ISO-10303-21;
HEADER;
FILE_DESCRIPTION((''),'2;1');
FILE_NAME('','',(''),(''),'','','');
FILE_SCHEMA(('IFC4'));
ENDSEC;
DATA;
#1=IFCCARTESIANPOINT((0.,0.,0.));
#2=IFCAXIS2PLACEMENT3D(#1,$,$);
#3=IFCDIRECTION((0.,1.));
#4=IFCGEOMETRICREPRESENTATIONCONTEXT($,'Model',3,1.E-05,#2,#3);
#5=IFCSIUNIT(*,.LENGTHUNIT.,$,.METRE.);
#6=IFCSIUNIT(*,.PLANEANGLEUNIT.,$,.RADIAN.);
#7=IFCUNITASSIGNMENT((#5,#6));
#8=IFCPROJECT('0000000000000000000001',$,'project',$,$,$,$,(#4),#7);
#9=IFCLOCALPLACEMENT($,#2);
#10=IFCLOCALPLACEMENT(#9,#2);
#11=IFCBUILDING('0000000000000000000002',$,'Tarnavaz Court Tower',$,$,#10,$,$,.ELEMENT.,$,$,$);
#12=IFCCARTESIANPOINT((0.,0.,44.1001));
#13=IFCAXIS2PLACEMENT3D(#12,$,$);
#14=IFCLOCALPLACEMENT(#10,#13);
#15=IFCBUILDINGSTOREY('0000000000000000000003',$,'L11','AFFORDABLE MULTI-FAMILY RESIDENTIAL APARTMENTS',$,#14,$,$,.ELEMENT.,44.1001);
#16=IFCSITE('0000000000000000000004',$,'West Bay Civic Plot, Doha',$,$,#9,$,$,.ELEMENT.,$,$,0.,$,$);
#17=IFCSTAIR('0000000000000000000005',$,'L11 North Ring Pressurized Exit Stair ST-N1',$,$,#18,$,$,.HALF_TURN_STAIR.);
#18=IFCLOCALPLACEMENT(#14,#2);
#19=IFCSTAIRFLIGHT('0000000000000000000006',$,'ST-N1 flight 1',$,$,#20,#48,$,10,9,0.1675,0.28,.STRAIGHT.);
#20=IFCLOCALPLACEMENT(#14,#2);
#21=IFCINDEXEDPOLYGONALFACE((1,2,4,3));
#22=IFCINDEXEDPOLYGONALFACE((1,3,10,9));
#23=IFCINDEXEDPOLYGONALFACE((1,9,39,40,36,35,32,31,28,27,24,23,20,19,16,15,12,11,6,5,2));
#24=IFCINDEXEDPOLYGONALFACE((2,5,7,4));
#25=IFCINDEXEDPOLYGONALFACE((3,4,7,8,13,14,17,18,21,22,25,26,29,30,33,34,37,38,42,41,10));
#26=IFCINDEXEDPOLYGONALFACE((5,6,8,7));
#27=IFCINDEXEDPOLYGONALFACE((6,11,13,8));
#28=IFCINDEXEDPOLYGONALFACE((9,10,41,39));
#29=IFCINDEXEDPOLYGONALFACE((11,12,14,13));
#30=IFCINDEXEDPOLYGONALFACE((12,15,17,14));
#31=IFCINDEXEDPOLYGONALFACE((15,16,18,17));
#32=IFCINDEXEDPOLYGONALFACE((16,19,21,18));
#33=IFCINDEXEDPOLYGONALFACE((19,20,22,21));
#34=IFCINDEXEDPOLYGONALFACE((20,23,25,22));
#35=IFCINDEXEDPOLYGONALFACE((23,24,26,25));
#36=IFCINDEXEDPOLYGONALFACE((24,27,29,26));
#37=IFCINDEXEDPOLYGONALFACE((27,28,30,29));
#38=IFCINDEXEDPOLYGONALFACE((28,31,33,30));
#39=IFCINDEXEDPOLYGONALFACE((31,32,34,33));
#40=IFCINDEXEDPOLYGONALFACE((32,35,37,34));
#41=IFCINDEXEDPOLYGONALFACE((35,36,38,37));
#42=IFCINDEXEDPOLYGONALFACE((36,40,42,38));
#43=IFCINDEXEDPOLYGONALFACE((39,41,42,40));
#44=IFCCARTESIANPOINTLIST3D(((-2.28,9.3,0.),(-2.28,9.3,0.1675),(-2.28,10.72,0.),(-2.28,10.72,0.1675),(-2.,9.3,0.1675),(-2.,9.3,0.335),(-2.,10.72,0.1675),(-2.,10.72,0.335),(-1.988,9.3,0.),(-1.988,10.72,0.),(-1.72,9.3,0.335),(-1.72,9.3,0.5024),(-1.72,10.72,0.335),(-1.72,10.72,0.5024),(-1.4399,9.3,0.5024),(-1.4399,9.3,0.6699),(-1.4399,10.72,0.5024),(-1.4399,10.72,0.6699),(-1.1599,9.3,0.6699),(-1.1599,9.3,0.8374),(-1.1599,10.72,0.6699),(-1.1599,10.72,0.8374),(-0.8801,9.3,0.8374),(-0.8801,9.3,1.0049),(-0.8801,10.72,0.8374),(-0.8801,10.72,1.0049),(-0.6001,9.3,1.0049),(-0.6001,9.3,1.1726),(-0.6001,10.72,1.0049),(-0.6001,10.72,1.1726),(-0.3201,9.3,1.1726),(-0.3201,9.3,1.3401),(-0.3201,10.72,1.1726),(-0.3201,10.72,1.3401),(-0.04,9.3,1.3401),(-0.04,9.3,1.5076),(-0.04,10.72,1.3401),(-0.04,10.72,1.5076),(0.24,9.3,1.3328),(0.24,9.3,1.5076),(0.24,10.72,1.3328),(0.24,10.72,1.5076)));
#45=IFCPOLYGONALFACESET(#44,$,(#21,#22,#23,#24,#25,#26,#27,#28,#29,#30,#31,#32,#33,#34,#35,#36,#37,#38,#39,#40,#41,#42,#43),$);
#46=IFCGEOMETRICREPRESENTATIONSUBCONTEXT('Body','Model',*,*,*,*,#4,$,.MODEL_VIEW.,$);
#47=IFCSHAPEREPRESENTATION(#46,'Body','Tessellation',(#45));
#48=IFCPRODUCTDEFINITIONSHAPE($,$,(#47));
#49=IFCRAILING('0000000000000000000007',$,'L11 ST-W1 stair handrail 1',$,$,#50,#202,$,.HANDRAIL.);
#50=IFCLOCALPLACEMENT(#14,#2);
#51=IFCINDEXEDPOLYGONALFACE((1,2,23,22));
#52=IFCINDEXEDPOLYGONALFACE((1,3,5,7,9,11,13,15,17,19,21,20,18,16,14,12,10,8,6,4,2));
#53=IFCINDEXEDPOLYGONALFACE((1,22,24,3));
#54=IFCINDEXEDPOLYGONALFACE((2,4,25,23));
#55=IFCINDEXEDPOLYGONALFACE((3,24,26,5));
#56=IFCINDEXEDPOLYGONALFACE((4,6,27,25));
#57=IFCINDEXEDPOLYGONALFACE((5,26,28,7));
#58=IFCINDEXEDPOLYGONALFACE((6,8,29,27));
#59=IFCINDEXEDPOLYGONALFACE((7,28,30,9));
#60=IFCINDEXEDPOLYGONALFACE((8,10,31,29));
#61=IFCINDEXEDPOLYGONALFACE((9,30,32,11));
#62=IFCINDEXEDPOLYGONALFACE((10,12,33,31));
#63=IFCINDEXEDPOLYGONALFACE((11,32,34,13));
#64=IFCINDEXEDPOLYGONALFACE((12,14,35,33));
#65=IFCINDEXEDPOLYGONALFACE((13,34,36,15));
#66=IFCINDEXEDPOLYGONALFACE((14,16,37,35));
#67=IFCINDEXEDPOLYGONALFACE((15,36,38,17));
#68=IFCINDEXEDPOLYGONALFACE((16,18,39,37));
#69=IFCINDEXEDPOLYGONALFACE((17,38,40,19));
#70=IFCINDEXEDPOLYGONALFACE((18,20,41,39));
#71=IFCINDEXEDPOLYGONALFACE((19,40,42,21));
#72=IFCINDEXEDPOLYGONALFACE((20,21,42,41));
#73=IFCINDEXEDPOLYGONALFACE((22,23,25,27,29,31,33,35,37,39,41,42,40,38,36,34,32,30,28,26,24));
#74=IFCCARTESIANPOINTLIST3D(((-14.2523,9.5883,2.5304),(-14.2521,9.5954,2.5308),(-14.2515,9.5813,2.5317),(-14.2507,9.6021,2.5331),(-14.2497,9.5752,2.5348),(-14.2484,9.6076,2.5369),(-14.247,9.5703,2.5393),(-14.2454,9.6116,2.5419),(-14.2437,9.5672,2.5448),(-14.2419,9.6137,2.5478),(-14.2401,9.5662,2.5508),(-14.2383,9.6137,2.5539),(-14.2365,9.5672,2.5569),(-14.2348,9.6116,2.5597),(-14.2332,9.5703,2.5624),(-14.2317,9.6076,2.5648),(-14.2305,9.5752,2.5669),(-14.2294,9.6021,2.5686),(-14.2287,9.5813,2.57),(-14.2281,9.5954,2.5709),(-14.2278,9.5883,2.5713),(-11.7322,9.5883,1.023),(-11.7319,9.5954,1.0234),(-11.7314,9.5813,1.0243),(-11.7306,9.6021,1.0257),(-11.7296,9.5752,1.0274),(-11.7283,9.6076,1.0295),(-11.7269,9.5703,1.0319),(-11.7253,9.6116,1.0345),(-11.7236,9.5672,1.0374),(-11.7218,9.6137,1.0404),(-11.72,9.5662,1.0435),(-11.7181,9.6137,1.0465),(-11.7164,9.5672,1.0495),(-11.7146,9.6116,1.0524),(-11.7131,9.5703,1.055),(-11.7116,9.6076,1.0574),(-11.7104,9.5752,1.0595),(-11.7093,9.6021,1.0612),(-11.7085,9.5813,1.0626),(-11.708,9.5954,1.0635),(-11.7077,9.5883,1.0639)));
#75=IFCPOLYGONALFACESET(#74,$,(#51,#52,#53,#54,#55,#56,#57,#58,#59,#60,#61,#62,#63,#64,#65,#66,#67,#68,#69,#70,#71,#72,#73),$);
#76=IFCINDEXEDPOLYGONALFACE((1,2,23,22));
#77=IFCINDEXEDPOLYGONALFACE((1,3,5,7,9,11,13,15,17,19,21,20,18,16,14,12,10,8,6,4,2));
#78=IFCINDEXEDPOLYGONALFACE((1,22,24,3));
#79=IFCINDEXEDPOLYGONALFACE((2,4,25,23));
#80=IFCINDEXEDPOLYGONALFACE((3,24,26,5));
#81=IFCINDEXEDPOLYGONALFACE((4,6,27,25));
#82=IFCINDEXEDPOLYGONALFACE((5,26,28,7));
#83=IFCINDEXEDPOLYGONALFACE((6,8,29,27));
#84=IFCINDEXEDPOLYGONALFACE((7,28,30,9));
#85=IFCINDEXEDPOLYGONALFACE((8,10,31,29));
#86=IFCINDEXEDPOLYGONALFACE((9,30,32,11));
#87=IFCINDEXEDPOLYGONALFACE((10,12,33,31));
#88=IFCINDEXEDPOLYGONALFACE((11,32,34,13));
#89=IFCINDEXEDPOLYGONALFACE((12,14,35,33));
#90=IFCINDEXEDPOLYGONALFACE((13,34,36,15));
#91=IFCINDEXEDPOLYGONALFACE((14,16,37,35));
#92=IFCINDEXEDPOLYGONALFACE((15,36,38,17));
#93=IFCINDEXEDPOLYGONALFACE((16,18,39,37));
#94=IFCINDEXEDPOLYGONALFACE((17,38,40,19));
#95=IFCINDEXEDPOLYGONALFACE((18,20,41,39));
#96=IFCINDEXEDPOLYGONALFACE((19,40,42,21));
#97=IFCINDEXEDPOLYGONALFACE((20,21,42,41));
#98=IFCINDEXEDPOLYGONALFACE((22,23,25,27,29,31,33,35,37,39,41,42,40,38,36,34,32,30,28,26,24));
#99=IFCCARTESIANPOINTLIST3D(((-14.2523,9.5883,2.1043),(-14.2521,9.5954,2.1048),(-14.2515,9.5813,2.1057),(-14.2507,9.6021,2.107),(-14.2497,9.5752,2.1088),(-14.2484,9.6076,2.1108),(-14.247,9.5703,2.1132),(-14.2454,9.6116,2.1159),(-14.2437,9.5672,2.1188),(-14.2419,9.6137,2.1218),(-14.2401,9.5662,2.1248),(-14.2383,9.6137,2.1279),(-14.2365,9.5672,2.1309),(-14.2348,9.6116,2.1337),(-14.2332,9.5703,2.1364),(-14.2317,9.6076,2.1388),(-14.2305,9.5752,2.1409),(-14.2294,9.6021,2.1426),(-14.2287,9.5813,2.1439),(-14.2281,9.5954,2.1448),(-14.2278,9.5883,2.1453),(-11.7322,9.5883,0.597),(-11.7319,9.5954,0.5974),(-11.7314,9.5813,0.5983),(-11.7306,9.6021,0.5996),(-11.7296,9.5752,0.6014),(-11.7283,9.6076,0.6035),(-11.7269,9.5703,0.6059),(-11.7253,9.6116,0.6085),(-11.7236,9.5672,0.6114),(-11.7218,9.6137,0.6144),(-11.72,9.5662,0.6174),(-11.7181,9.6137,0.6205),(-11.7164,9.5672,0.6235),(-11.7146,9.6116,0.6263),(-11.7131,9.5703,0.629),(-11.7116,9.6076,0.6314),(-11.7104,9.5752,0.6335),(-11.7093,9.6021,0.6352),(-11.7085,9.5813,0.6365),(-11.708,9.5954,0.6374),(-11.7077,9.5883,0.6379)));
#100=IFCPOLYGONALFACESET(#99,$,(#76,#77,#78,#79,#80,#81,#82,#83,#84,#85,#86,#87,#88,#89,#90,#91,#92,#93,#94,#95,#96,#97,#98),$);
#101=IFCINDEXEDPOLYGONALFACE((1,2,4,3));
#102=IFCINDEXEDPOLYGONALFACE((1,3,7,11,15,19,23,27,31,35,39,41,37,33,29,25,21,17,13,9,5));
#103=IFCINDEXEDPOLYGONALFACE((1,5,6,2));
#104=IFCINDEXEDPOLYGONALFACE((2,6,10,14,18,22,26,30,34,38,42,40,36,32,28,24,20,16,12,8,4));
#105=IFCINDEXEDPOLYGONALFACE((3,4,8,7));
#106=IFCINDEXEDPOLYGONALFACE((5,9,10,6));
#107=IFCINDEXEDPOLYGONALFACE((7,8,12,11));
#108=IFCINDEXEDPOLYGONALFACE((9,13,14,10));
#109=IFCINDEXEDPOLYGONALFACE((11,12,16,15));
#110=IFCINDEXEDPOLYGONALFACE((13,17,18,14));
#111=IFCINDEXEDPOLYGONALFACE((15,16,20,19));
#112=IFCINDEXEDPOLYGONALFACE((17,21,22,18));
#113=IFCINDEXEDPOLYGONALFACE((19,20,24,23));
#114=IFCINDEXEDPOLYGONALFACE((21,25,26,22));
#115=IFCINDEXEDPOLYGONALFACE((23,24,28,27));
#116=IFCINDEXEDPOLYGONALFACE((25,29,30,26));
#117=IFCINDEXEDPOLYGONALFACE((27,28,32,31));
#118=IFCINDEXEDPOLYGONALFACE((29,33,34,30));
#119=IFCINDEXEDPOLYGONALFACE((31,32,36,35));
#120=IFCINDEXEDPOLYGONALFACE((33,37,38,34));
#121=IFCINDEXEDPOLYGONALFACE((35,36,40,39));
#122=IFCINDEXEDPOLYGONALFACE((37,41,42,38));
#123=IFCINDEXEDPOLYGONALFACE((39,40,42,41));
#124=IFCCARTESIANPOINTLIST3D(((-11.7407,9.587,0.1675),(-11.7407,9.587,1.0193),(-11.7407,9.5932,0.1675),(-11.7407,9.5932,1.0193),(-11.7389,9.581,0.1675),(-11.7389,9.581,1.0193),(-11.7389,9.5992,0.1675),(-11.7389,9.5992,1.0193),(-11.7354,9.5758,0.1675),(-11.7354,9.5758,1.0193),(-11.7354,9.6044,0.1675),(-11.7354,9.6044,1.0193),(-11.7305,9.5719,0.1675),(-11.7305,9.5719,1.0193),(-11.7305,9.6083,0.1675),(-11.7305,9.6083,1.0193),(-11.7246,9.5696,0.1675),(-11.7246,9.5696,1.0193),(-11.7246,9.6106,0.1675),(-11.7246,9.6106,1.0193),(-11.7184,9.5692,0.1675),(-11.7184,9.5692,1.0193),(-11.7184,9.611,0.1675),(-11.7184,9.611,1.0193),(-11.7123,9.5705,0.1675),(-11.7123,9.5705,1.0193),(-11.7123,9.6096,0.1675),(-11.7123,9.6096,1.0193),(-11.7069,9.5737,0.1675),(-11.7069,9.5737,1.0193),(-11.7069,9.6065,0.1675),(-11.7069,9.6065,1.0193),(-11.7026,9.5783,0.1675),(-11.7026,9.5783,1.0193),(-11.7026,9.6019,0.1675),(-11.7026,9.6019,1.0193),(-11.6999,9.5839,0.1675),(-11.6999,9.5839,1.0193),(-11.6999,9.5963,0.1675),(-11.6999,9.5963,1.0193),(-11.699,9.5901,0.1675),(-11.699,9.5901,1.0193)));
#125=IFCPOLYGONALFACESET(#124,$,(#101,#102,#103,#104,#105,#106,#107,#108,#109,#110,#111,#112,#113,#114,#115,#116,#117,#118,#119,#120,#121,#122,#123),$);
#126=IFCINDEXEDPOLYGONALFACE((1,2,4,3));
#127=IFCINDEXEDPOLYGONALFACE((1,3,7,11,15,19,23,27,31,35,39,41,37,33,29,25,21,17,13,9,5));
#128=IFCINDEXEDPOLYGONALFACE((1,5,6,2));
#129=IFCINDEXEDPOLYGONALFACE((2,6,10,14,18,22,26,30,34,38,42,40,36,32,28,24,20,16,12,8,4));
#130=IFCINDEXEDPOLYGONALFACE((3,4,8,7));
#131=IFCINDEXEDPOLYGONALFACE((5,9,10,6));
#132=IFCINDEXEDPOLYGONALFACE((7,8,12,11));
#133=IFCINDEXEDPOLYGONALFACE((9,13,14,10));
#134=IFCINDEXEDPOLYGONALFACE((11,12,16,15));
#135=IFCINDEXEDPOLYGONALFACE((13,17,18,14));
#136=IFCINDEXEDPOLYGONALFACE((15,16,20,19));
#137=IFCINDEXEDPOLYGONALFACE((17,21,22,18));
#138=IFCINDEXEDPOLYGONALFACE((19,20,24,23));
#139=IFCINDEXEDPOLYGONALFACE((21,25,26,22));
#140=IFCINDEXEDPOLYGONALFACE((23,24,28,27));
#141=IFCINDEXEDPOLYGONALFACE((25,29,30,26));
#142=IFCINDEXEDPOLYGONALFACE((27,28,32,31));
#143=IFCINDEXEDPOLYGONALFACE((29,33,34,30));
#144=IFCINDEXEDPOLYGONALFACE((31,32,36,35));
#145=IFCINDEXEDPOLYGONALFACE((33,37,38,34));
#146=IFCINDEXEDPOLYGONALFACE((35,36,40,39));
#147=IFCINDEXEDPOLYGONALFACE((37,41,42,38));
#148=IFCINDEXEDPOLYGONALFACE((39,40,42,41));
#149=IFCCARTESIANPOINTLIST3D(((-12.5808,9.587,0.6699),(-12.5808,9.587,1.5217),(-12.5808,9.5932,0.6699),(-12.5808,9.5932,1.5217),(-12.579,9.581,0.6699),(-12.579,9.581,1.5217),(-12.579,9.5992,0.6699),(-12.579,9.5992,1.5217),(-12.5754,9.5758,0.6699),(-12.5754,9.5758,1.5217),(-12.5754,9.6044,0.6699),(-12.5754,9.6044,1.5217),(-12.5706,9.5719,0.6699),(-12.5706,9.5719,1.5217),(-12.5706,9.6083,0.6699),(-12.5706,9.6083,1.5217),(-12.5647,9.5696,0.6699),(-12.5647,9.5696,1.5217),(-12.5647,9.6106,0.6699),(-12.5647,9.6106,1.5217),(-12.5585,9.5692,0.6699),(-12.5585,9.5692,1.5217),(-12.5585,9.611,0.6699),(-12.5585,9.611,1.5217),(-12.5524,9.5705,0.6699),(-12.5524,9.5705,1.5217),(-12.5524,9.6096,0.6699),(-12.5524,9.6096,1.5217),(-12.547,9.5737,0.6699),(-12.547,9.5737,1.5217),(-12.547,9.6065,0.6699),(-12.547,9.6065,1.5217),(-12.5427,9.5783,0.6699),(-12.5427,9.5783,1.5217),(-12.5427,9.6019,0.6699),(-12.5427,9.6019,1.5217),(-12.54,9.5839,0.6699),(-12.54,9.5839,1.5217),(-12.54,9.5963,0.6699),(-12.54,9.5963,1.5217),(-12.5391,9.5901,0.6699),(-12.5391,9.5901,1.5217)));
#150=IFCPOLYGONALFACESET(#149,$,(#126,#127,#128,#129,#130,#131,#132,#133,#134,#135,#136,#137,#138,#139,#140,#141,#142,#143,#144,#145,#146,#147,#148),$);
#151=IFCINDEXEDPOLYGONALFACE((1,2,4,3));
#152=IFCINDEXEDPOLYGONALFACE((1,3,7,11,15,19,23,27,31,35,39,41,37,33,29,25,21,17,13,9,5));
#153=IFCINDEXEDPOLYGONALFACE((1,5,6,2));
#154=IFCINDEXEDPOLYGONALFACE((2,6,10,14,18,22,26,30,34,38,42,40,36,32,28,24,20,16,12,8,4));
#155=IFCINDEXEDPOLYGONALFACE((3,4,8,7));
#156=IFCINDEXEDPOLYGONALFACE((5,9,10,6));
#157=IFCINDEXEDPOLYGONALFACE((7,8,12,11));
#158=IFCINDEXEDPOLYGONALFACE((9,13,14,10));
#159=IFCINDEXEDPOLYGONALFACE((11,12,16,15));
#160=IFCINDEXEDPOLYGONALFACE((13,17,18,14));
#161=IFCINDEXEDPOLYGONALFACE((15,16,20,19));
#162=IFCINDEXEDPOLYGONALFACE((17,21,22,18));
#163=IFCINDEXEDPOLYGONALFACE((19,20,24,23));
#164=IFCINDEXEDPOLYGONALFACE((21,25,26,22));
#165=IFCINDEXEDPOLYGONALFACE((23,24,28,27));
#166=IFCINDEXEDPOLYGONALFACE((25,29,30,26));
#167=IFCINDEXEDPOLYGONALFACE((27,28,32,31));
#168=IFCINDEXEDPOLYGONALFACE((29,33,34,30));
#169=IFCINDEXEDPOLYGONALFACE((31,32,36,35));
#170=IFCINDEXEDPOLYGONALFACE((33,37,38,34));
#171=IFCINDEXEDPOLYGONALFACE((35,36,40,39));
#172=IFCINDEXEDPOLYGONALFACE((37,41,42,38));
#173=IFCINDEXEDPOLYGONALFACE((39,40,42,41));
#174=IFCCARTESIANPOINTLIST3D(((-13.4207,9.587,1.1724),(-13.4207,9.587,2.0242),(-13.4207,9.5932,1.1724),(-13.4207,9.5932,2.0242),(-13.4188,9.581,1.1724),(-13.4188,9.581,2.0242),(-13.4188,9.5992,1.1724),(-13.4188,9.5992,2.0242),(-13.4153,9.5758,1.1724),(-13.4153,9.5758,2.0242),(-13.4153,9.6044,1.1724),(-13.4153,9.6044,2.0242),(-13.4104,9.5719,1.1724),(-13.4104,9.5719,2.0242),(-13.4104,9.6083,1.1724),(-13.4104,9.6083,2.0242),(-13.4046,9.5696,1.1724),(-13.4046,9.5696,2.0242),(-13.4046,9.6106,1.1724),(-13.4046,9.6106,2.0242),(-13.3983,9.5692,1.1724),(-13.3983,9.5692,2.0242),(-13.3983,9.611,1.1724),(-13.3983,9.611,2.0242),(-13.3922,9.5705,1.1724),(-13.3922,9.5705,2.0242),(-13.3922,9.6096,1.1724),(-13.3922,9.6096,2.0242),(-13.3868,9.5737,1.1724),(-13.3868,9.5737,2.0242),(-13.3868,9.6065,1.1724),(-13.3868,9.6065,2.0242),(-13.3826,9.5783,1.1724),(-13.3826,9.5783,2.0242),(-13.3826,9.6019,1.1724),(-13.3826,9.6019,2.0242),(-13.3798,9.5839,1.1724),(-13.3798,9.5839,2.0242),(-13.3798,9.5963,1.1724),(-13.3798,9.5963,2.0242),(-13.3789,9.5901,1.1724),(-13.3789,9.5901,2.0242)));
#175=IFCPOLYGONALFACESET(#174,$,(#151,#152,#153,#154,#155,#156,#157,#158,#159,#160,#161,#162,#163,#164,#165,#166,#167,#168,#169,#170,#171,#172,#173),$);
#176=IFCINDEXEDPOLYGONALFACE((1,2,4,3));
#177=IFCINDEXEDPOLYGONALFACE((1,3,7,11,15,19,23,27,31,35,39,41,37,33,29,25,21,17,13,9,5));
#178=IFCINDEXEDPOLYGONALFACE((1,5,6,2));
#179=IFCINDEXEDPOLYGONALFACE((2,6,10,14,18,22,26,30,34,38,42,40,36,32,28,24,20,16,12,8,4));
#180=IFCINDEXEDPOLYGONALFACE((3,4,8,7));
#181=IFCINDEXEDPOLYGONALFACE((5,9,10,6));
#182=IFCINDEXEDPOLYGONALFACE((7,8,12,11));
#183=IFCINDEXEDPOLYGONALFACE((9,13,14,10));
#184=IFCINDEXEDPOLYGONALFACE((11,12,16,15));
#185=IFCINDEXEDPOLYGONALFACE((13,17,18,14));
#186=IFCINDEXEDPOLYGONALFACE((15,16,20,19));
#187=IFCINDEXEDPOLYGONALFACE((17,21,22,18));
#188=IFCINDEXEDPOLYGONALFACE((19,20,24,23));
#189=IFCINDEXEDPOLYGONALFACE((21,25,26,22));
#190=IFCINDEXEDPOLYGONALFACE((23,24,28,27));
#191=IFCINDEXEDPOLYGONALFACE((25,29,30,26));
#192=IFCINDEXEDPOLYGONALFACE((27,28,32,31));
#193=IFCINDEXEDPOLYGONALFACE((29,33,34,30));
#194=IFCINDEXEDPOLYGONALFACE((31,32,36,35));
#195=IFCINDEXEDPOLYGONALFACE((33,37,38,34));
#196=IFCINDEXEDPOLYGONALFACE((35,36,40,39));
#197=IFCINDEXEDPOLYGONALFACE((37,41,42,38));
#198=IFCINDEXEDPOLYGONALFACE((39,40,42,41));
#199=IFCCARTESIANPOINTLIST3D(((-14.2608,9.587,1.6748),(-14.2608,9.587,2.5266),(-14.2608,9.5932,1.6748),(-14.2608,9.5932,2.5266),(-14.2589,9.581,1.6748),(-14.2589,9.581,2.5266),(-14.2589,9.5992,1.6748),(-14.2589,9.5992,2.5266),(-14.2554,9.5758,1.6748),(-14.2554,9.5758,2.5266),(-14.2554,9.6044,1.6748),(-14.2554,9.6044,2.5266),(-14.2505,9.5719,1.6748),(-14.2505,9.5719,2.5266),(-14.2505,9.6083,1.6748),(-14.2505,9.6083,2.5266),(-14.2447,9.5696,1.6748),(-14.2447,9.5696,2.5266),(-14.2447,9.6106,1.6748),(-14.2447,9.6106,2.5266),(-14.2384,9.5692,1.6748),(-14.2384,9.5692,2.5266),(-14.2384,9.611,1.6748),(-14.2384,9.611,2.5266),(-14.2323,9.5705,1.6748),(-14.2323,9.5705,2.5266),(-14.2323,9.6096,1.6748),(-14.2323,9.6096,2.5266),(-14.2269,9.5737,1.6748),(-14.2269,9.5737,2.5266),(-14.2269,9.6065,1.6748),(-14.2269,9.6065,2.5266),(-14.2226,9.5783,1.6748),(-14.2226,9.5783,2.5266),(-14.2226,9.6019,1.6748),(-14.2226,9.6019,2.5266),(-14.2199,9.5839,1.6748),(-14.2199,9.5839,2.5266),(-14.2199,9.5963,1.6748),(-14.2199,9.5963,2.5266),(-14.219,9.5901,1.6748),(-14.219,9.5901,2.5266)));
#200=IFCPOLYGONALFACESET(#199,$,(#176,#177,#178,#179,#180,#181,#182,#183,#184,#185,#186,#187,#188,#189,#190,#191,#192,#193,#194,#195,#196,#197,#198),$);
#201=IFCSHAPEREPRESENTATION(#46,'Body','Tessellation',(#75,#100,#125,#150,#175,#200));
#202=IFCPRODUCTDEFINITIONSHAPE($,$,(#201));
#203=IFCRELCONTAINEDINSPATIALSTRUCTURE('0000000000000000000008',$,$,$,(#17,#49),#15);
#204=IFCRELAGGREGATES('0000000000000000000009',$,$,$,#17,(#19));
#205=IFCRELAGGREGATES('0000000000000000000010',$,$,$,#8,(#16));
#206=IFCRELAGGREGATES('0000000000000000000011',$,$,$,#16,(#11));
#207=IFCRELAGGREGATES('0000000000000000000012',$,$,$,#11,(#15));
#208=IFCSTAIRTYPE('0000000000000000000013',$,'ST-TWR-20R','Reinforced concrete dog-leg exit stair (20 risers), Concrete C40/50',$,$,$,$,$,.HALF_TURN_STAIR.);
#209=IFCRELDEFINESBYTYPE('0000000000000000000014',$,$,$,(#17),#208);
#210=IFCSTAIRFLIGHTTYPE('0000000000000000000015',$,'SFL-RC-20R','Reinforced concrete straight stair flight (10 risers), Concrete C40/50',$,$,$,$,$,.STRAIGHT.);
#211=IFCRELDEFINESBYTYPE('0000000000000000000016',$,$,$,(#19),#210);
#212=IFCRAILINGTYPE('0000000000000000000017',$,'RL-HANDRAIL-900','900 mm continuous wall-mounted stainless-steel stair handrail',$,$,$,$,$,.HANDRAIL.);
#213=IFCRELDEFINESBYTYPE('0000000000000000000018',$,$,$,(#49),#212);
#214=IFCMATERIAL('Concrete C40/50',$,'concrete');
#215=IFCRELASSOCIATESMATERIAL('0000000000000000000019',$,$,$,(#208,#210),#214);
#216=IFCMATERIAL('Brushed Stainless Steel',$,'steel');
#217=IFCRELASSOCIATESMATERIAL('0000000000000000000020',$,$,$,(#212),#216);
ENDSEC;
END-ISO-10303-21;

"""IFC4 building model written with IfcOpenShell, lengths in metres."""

from ifc_helpers import new_model, si_unit, direction, frame, origin, origin_2d, place, context, subcontext, project, spatial, polyline, circle, outline, extrude, material, type_object, element, aggregate, save


model = new_model("IFC4")

# Units and contexts
model_context = context("Model", 3, precision=1e-05, world=origin(), true_north=direction((0.0, 1.0)))
body_context = subcontext(model_context, "Body", "Model", "MODEL_VIEW")
ifc_project = project(units=[si_unit("LENGTHUNIT", "METRE"), si_unit("PLANEANGLEUNIT", "RADIAN")], contexts=[model_context])

# Site, building, storey
site_placement = place(None, origin())
site = spatial("IfcSite", under=ifc_project, at=site_placement, Name="West Bay Civic Plot, Doha", CompositionType="ELEMENT", RefElevation=0.0)
building_placement = place(site_placement, origin())
building = spatial("IfcBuilding", under=site, at=building_placement, Name="Tarnavaz Court Tower", CompositionType="ELEMENT")
storey_placement = place(building_placement, frame((0.0, 0.0, 44.1001)))
storey = spatial("IfcBuildingStorey", under=building, at=storey_placement, Name="L11", Description="AFFORDABLE MULTI-FAMILY RESIDENTIAL APARTMENTS", CompositionType="ELEMENT", Elevation=44.1001)

# Stair, stair flight
ifc_material_1 = material(Name="Concrete C40/50", Category="concrete")
stair_type = type_object("IfcStairType", Name="ST-TWR-20R", Description="Reinforced concrete dog-leg exit stair (20 risers), Concrete C40/50", PredefinedType="HALF_TURN_STAIR", material=ifc_material_1)
stair_flight_type = type_object("IfcStairFlightType", Name="SFL-RC-20R", Description="Reinforced concrete straight stair flight (10 risers), Concrete C40/50", PredefinedType="STRAIGHT", material=ifc_material_1)
stair_1_placement = place(storey_placement, origin())
stair_1 = element("IfcStair", 1, at=stair_1_placement, inside=storey, type_object=stair_type, Name="L11 North Ring Pressurized Exit Stair ST-N1", PredefinedType="HALF_TURN_STAIR")
stair_flight_1_placement = place(storey_placement, frame((-2.28, 10.01, 0.0), z_axis=(0.0, 0.0, 1.0), x_axis=(1.0, 0.0, 0.0)))
stair_flight_1 = element("IfcStairFlight", 2, at=stair_flight_1_placement, type_object=stair_flight_type, Name="ST-N1 flight 1", NumberOfRisers=10, NumberOfTreads=9, PredefinedType="STRAIGHT", RiserHeight=0.1675, TreadLength=0.28, context=body_context, shape_type="SweptSolid", body=[
    extrude(outline(polyline([(0.0, 0.0), (0.0, 0.1675), (0.28, 0.1675), (0.28, 0.335), (0.5601, 0.335), (0.5601, 0.5024), (0.8401, 0.5024), (0.8401, 0.6699), (1.1201, 0.6699), (1.1201, 0.8374), (1.3999, 0.8374), (1.3999, 1.0049), (1.6799, 1.0049), (1.6799, 1.1726), (1.96, 1.1726), (1.96, 1.3401), (2.24, 1.3401), (2.24, 1.5076), (2.52, 1.5076), (2.52, 1.675), (2.52, 1.3328), (0.292, 0.0), (0.0, 0.0)])), frame((0.0, 0.71, 0.0), z_axis=(0.0, -1.0, 0.0), x_axis=(1.0, 0.0, 0.0)), (0.0, 0.0, 1.0), 1.4199),
])
aggregate(stair_1, [stair_flight_1])

# Railing
ifc_material_2 = material(Name="Brushed Stainless Steel", Category="steel")
railing_type_1 = type_object("IfcRailingType", Name="RL-HANDRAIL-900", Description="900 mm continuous wall-mounted stainless-steel stair handrail", PredefinedType="HANDRAIL", material=ifc_material_2)
railing_1_placement = place(storey_placement, frame((-11.72, 9.5901, 0.1675)))
element("IfcRailing", 3, at=railing_1_placement, inside=storey, type_object=railing_type_1, Name="L11 ST-W1 stair handrail 1", PredefinedType="HANDRAIL", context=body_context, shape_type="SweptSolid", body=[
    extrude(circle(Radius=0.0239, at=origin_2d()), frame((0.0, 0.0, 0.876), z_axis=(-0.858196, 0.0, 0.513321), x_axis=(0.0, -1.0, 0.0)), (0.0, 0.0, 1.0), 2.9365),
    extrude(circle(Radius=0.0239, at=origin_2d()), frame((0.0, 0.0, 0.45), z_axis=(-0.858196, 0.0, 0.513321), x_axis=(0.0, -1.0, 0.0)), (0.0, 0.0, 1.0), 2.9365),
    extrude(circle(Radius=0.021, at=origin_2d()), origin(), (0.0, 0.0, 1.0), 0.8518),
    extrude(circle(Radius=0.021, at=origin_2d()), frame((-0.8401, 0.0, 0.5024)), (0.0, 0.0, 1.0), 0.8518),
    extrude(circle(Radius=0.021, at=origin_2d()), frame((-1.6799, 0.0, 1.0049)), (0.0, 0.0, 1.0), 0.8518),
    extrude(circle(Radius=0.021, at=origin_2d()), frame((-2.52, 0.0, 1.5073)), (0.0, 0.0, 1.0), 0.8518),
])

save(model, "model.ifc")
